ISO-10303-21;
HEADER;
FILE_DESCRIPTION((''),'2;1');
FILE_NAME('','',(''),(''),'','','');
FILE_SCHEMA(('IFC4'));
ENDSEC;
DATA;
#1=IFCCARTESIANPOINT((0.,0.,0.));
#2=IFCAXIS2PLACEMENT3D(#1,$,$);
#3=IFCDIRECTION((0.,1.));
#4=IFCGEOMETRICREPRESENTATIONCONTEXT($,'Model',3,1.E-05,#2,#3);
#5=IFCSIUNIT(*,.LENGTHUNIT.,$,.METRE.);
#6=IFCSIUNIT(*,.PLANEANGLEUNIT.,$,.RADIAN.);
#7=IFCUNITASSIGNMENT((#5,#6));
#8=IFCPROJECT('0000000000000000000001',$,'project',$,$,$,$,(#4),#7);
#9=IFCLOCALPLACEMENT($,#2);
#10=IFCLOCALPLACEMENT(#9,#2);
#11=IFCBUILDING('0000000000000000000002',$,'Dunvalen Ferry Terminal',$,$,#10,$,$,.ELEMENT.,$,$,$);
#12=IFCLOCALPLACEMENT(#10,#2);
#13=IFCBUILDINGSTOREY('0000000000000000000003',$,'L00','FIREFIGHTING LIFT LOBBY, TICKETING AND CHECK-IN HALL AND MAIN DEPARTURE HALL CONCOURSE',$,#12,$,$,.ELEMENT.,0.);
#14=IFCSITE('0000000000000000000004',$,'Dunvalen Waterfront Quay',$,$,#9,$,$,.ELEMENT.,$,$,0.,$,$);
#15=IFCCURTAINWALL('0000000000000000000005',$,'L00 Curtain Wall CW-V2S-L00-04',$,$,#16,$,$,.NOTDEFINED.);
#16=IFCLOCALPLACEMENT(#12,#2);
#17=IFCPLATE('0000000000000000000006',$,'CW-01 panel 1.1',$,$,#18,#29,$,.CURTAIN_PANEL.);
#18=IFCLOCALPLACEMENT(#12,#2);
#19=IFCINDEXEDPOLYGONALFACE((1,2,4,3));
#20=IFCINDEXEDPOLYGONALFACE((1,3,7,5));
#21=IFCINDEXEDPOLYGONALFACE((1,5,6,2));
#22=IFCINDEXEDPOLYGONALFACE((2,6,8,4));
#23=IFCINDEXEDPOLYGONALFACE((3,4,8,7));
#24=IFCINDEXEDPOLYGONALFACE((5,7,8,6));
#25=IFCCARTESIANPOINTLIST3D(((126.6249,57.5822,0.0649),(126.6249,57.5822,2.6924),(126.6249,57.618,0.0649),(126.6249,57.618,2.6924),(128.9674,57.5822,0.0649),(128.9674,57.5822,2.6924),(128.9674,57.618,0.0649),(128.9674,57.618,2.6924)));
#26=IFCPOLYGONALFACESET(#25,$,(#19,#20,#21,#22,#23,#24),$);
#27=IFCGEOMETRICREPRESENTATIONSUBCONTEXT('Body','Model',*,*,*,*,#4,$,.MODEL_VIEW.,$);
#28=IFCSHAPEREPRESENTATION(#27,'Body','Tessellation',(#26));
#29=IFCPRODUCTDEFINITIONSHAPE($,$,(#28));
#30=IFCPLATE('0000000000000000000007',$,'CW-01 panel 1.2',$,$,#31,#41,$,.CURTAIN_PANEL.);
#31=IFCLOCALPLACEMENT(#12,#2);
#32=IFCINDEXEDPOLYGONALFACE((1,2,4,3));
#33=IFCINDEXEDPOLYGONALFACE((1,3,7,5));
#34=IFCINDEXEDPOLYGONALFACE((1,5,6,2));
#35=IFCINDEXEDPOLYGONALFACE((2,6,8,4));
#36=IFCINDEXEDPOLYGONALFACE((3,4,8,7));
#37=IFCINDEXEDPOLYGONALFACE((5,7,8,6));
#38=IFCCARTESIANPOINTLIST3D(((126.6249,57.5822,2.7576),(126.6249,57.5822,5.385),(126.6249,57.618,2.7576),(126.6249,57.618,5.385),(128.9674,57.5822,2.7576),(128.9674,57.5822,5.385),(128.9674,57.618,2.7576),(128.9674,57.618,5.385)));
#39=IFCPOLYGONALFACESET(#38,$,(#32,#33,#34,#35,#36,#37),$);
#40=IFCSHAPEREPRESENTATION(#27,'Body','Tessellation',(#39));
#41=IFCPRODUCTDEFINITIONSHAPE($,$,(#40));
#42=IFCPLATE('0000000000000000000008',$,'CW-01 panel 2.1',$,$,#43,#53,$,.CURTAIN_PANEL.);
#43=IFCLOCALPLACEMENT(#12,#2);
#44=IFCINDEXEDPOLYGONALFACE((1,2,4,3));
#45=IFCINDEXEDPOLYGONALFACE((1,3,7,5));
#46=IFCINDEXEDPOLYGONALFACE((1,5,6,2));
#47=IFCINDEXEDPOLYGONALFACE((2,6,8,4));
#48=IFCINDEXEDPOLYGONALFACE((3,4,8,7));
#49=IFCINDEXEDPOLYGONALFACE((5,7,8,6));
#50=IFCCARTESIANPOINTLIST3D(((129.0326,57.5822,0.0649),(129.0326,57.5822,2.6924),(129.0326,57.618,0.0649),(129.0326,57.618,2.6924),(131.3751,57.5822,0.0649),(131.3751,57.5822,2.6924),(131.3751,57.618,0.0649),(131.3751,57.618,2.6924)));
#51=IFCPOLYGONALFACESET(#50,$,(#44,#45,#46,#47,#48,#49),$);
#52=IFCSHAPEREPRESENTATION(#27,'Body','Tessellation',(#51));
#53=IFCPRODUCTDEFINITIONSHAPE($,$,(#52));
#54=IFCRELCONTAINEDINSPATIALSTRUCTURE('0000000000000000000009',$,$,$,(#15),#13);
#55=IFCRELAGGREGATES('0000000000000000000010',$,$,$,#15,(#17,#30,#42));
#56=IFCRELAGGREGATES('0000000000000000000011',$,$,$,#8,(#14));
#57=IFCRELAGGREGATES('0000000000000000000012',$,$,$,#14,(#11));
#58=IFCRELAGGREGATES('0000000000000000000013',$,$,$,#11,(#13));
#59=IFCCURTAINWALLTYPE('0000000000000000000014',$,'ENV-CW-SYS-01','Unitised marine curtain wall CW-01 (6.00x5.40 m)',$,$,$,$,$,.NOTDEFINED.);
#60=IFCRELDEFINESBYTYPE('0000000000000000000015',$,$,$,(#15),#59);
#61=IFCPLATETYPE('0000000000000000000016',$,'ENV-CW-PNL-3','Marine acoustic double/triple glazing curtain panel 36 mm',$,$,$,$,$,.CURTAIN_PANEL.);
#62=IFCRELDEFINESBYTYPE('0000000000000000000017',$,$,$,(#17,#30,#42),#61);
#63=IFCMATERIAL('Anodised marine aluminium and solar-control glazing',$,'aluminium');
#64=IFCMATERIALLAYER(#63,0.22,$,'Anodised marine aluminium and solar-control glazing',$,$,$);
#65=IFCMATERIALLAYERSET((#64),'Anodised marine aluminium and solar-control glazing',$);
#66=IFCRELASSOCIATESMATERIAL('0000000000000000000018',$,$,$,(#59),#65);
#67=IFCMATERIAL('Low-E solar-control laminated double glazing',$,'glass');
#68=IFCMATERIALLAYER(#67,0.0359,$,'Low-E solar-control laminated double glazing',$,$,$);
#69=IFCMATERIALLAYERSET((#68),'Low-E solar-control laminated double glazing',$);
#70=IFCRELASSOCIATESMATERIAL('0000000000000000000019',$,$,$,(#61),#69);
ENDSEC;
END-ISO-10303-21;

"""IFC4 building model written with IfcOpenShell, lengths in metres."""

from ifc_helpers import new_model, si_unit, direction, frame, origin, origin_2d, place, context, subcontext, project, spatial, rectangle, extrude, material, layer, layer_set, type_object, element, aggregate, save


model = new_model("IFC4")

# Units and contexts
model_context = context("Model", 3, precision=1e-05, world=origin(), true_north=direction((0.0, 1.0)))
body_context = subcontext(model_context, "Body", "Model", "MODEL_VIEW")
ifc_project = project(units=[si_unit("LENGTHUNIT", "METRE"), si_unit("PLANEANGLEUNIT", "RADIAN")], contexts=[model_context])

# Site, building, storey
site_placement = place(None, origin())
site = spatial("IfcSite", under=ifc_project, at=site_placement, Name="Dunvalen Waterfront Quay", CompositionType="ELEMENT", RefElevation=0.0)
building_placement = place(site_placement, origin())
building = spatial("IfcBuilding", under=site, at=building_placement, Name="Dunvalen Ferry Terminal", CompositionType="ELEMENT")
storey_placement = place(building_placement, origin())
storey = spatial("IfcBuildingStorey", under=building, at=storey_placement, Name="L00", Description="FIREFIGHTING LIFT LOBBY, TICKETING AND CHECK-IN HALL AND MAIN DEPARTURE HALL CONCOURSE", CompositionType="ELEMENT", Elevation=0.0)

# Curtain wall
ifc_material_1 = material(Name="Anodised marine aluminium and solar-control glazing", Category="aluminium")
ifc_layer_1 = layer(ifc_material_1, 0.22, Name="Anodised marine aluminium and solar-control glazing")
ifc_layer_set_1 = layer_set([ifc_layer_1], Name="Anodised marine aluminium and solar-control glazing")
curtain_wall_type = type_object("IfcCurtainWallType", Name="ENV-CW-SYS-01", Description="Unitised marine curtain wall CW-01 (6.00x5.40 m)", PredefinedType="NOTDEFINED", material=ifc_layer_set_1)
curtain_wall_1_placement = place(storey_placement, origin())
curtain_wall_1 = element("IfcCurtainWall", 1, at=curtain_wall_1_placement, inside=storey, type_object=curtain_wall_type, Name="L00 Curtain Wall CW-V2S-L00-04", PredefinedType="NOTDEFINED")

# Plates
ifc_material_2 = material(Name="Low-E solar-control laminated double glazing", Category="glass")
ifc_layer_2 = layer(ifc_material_2, 0.0359, Name="Low-E solar-control laminated double glazing")
ifc_layer_set_2 = layer_set([ifc_layer_2], Name="Low-E solar-control laminated double glazing")
plate_type = type_object("IfcPlateType", Name="ENV-CW-PNL-3", Description="Marine acoustic double/triple glazing curtain panel 36 mm", PredefinedType="CURTAIN_PANEL", material=ifc_layer_set_2)
plate_1_placement = place(storey_placement, frame((127.7961, 57.6001, 0.0649), z_axis=(0.0, 0.0, 1.0), x_axis=(1.0, 0.0, 0.0)))
plate_1 = element("IfcPlate", 2, at=plate_1_placement, type_object=plate_type, Name="CW-01 panel 1.1", PredefinedType="CURTAIN_PANEL", context=body_context, shape_type="SweptSolid", body=[
    extrude(rectangle(XDim=2.3425, YDim=0.0359, at=origin_2d()), origin(), (0.0, 0.0, 1.0), 2.6274),
])
plate_2_placement = place(storey_placement, frame((127.7961, 57.6001, 2.7576), z_axis=(0.0, 0.0, 1.0), x_axis=(1.0, 0.0, 0.0)))
plate_2 = element("IfcPlate", 3, at=plate_2_placement, type_object=plate_type, Name="CW-01 panel 1.2", PredefinedType="CURTAIN_PANEL", context=body_context, shape_type="SweptSolid", body=[
    extrude(rectangle(XDim=2.3425, YDim=0.0359, at=origin_2d()), origin(), (0.0, 0.0, 1.0), 2.6274),
])
plate_3_placement = place(storey_placement, frame((130.2039, 57.6001, 0.0649), z_axis=(0.0, 0.0, 1.0), x_axis=(1.0, 0.0, 0.0)))
plate_3 = element("IfcPlate", 4, at=plate_3_placement, type_object=plate_type, Name="CW-01 panel 2.1", PredefinedType="CURTAIN_PANEL", context=body_context, shape_type="SweptSolid", body=[
    extrude(rectangle(XDim=2.3425, YDim=0.0359, at=origin_2d()), origin(), (0.0, 0.0, 1.0), 2.6274),
])
aggregate(curtain_wall_1, [plate_1, plate_2, plate_3])

save(model, "model.ifc")
